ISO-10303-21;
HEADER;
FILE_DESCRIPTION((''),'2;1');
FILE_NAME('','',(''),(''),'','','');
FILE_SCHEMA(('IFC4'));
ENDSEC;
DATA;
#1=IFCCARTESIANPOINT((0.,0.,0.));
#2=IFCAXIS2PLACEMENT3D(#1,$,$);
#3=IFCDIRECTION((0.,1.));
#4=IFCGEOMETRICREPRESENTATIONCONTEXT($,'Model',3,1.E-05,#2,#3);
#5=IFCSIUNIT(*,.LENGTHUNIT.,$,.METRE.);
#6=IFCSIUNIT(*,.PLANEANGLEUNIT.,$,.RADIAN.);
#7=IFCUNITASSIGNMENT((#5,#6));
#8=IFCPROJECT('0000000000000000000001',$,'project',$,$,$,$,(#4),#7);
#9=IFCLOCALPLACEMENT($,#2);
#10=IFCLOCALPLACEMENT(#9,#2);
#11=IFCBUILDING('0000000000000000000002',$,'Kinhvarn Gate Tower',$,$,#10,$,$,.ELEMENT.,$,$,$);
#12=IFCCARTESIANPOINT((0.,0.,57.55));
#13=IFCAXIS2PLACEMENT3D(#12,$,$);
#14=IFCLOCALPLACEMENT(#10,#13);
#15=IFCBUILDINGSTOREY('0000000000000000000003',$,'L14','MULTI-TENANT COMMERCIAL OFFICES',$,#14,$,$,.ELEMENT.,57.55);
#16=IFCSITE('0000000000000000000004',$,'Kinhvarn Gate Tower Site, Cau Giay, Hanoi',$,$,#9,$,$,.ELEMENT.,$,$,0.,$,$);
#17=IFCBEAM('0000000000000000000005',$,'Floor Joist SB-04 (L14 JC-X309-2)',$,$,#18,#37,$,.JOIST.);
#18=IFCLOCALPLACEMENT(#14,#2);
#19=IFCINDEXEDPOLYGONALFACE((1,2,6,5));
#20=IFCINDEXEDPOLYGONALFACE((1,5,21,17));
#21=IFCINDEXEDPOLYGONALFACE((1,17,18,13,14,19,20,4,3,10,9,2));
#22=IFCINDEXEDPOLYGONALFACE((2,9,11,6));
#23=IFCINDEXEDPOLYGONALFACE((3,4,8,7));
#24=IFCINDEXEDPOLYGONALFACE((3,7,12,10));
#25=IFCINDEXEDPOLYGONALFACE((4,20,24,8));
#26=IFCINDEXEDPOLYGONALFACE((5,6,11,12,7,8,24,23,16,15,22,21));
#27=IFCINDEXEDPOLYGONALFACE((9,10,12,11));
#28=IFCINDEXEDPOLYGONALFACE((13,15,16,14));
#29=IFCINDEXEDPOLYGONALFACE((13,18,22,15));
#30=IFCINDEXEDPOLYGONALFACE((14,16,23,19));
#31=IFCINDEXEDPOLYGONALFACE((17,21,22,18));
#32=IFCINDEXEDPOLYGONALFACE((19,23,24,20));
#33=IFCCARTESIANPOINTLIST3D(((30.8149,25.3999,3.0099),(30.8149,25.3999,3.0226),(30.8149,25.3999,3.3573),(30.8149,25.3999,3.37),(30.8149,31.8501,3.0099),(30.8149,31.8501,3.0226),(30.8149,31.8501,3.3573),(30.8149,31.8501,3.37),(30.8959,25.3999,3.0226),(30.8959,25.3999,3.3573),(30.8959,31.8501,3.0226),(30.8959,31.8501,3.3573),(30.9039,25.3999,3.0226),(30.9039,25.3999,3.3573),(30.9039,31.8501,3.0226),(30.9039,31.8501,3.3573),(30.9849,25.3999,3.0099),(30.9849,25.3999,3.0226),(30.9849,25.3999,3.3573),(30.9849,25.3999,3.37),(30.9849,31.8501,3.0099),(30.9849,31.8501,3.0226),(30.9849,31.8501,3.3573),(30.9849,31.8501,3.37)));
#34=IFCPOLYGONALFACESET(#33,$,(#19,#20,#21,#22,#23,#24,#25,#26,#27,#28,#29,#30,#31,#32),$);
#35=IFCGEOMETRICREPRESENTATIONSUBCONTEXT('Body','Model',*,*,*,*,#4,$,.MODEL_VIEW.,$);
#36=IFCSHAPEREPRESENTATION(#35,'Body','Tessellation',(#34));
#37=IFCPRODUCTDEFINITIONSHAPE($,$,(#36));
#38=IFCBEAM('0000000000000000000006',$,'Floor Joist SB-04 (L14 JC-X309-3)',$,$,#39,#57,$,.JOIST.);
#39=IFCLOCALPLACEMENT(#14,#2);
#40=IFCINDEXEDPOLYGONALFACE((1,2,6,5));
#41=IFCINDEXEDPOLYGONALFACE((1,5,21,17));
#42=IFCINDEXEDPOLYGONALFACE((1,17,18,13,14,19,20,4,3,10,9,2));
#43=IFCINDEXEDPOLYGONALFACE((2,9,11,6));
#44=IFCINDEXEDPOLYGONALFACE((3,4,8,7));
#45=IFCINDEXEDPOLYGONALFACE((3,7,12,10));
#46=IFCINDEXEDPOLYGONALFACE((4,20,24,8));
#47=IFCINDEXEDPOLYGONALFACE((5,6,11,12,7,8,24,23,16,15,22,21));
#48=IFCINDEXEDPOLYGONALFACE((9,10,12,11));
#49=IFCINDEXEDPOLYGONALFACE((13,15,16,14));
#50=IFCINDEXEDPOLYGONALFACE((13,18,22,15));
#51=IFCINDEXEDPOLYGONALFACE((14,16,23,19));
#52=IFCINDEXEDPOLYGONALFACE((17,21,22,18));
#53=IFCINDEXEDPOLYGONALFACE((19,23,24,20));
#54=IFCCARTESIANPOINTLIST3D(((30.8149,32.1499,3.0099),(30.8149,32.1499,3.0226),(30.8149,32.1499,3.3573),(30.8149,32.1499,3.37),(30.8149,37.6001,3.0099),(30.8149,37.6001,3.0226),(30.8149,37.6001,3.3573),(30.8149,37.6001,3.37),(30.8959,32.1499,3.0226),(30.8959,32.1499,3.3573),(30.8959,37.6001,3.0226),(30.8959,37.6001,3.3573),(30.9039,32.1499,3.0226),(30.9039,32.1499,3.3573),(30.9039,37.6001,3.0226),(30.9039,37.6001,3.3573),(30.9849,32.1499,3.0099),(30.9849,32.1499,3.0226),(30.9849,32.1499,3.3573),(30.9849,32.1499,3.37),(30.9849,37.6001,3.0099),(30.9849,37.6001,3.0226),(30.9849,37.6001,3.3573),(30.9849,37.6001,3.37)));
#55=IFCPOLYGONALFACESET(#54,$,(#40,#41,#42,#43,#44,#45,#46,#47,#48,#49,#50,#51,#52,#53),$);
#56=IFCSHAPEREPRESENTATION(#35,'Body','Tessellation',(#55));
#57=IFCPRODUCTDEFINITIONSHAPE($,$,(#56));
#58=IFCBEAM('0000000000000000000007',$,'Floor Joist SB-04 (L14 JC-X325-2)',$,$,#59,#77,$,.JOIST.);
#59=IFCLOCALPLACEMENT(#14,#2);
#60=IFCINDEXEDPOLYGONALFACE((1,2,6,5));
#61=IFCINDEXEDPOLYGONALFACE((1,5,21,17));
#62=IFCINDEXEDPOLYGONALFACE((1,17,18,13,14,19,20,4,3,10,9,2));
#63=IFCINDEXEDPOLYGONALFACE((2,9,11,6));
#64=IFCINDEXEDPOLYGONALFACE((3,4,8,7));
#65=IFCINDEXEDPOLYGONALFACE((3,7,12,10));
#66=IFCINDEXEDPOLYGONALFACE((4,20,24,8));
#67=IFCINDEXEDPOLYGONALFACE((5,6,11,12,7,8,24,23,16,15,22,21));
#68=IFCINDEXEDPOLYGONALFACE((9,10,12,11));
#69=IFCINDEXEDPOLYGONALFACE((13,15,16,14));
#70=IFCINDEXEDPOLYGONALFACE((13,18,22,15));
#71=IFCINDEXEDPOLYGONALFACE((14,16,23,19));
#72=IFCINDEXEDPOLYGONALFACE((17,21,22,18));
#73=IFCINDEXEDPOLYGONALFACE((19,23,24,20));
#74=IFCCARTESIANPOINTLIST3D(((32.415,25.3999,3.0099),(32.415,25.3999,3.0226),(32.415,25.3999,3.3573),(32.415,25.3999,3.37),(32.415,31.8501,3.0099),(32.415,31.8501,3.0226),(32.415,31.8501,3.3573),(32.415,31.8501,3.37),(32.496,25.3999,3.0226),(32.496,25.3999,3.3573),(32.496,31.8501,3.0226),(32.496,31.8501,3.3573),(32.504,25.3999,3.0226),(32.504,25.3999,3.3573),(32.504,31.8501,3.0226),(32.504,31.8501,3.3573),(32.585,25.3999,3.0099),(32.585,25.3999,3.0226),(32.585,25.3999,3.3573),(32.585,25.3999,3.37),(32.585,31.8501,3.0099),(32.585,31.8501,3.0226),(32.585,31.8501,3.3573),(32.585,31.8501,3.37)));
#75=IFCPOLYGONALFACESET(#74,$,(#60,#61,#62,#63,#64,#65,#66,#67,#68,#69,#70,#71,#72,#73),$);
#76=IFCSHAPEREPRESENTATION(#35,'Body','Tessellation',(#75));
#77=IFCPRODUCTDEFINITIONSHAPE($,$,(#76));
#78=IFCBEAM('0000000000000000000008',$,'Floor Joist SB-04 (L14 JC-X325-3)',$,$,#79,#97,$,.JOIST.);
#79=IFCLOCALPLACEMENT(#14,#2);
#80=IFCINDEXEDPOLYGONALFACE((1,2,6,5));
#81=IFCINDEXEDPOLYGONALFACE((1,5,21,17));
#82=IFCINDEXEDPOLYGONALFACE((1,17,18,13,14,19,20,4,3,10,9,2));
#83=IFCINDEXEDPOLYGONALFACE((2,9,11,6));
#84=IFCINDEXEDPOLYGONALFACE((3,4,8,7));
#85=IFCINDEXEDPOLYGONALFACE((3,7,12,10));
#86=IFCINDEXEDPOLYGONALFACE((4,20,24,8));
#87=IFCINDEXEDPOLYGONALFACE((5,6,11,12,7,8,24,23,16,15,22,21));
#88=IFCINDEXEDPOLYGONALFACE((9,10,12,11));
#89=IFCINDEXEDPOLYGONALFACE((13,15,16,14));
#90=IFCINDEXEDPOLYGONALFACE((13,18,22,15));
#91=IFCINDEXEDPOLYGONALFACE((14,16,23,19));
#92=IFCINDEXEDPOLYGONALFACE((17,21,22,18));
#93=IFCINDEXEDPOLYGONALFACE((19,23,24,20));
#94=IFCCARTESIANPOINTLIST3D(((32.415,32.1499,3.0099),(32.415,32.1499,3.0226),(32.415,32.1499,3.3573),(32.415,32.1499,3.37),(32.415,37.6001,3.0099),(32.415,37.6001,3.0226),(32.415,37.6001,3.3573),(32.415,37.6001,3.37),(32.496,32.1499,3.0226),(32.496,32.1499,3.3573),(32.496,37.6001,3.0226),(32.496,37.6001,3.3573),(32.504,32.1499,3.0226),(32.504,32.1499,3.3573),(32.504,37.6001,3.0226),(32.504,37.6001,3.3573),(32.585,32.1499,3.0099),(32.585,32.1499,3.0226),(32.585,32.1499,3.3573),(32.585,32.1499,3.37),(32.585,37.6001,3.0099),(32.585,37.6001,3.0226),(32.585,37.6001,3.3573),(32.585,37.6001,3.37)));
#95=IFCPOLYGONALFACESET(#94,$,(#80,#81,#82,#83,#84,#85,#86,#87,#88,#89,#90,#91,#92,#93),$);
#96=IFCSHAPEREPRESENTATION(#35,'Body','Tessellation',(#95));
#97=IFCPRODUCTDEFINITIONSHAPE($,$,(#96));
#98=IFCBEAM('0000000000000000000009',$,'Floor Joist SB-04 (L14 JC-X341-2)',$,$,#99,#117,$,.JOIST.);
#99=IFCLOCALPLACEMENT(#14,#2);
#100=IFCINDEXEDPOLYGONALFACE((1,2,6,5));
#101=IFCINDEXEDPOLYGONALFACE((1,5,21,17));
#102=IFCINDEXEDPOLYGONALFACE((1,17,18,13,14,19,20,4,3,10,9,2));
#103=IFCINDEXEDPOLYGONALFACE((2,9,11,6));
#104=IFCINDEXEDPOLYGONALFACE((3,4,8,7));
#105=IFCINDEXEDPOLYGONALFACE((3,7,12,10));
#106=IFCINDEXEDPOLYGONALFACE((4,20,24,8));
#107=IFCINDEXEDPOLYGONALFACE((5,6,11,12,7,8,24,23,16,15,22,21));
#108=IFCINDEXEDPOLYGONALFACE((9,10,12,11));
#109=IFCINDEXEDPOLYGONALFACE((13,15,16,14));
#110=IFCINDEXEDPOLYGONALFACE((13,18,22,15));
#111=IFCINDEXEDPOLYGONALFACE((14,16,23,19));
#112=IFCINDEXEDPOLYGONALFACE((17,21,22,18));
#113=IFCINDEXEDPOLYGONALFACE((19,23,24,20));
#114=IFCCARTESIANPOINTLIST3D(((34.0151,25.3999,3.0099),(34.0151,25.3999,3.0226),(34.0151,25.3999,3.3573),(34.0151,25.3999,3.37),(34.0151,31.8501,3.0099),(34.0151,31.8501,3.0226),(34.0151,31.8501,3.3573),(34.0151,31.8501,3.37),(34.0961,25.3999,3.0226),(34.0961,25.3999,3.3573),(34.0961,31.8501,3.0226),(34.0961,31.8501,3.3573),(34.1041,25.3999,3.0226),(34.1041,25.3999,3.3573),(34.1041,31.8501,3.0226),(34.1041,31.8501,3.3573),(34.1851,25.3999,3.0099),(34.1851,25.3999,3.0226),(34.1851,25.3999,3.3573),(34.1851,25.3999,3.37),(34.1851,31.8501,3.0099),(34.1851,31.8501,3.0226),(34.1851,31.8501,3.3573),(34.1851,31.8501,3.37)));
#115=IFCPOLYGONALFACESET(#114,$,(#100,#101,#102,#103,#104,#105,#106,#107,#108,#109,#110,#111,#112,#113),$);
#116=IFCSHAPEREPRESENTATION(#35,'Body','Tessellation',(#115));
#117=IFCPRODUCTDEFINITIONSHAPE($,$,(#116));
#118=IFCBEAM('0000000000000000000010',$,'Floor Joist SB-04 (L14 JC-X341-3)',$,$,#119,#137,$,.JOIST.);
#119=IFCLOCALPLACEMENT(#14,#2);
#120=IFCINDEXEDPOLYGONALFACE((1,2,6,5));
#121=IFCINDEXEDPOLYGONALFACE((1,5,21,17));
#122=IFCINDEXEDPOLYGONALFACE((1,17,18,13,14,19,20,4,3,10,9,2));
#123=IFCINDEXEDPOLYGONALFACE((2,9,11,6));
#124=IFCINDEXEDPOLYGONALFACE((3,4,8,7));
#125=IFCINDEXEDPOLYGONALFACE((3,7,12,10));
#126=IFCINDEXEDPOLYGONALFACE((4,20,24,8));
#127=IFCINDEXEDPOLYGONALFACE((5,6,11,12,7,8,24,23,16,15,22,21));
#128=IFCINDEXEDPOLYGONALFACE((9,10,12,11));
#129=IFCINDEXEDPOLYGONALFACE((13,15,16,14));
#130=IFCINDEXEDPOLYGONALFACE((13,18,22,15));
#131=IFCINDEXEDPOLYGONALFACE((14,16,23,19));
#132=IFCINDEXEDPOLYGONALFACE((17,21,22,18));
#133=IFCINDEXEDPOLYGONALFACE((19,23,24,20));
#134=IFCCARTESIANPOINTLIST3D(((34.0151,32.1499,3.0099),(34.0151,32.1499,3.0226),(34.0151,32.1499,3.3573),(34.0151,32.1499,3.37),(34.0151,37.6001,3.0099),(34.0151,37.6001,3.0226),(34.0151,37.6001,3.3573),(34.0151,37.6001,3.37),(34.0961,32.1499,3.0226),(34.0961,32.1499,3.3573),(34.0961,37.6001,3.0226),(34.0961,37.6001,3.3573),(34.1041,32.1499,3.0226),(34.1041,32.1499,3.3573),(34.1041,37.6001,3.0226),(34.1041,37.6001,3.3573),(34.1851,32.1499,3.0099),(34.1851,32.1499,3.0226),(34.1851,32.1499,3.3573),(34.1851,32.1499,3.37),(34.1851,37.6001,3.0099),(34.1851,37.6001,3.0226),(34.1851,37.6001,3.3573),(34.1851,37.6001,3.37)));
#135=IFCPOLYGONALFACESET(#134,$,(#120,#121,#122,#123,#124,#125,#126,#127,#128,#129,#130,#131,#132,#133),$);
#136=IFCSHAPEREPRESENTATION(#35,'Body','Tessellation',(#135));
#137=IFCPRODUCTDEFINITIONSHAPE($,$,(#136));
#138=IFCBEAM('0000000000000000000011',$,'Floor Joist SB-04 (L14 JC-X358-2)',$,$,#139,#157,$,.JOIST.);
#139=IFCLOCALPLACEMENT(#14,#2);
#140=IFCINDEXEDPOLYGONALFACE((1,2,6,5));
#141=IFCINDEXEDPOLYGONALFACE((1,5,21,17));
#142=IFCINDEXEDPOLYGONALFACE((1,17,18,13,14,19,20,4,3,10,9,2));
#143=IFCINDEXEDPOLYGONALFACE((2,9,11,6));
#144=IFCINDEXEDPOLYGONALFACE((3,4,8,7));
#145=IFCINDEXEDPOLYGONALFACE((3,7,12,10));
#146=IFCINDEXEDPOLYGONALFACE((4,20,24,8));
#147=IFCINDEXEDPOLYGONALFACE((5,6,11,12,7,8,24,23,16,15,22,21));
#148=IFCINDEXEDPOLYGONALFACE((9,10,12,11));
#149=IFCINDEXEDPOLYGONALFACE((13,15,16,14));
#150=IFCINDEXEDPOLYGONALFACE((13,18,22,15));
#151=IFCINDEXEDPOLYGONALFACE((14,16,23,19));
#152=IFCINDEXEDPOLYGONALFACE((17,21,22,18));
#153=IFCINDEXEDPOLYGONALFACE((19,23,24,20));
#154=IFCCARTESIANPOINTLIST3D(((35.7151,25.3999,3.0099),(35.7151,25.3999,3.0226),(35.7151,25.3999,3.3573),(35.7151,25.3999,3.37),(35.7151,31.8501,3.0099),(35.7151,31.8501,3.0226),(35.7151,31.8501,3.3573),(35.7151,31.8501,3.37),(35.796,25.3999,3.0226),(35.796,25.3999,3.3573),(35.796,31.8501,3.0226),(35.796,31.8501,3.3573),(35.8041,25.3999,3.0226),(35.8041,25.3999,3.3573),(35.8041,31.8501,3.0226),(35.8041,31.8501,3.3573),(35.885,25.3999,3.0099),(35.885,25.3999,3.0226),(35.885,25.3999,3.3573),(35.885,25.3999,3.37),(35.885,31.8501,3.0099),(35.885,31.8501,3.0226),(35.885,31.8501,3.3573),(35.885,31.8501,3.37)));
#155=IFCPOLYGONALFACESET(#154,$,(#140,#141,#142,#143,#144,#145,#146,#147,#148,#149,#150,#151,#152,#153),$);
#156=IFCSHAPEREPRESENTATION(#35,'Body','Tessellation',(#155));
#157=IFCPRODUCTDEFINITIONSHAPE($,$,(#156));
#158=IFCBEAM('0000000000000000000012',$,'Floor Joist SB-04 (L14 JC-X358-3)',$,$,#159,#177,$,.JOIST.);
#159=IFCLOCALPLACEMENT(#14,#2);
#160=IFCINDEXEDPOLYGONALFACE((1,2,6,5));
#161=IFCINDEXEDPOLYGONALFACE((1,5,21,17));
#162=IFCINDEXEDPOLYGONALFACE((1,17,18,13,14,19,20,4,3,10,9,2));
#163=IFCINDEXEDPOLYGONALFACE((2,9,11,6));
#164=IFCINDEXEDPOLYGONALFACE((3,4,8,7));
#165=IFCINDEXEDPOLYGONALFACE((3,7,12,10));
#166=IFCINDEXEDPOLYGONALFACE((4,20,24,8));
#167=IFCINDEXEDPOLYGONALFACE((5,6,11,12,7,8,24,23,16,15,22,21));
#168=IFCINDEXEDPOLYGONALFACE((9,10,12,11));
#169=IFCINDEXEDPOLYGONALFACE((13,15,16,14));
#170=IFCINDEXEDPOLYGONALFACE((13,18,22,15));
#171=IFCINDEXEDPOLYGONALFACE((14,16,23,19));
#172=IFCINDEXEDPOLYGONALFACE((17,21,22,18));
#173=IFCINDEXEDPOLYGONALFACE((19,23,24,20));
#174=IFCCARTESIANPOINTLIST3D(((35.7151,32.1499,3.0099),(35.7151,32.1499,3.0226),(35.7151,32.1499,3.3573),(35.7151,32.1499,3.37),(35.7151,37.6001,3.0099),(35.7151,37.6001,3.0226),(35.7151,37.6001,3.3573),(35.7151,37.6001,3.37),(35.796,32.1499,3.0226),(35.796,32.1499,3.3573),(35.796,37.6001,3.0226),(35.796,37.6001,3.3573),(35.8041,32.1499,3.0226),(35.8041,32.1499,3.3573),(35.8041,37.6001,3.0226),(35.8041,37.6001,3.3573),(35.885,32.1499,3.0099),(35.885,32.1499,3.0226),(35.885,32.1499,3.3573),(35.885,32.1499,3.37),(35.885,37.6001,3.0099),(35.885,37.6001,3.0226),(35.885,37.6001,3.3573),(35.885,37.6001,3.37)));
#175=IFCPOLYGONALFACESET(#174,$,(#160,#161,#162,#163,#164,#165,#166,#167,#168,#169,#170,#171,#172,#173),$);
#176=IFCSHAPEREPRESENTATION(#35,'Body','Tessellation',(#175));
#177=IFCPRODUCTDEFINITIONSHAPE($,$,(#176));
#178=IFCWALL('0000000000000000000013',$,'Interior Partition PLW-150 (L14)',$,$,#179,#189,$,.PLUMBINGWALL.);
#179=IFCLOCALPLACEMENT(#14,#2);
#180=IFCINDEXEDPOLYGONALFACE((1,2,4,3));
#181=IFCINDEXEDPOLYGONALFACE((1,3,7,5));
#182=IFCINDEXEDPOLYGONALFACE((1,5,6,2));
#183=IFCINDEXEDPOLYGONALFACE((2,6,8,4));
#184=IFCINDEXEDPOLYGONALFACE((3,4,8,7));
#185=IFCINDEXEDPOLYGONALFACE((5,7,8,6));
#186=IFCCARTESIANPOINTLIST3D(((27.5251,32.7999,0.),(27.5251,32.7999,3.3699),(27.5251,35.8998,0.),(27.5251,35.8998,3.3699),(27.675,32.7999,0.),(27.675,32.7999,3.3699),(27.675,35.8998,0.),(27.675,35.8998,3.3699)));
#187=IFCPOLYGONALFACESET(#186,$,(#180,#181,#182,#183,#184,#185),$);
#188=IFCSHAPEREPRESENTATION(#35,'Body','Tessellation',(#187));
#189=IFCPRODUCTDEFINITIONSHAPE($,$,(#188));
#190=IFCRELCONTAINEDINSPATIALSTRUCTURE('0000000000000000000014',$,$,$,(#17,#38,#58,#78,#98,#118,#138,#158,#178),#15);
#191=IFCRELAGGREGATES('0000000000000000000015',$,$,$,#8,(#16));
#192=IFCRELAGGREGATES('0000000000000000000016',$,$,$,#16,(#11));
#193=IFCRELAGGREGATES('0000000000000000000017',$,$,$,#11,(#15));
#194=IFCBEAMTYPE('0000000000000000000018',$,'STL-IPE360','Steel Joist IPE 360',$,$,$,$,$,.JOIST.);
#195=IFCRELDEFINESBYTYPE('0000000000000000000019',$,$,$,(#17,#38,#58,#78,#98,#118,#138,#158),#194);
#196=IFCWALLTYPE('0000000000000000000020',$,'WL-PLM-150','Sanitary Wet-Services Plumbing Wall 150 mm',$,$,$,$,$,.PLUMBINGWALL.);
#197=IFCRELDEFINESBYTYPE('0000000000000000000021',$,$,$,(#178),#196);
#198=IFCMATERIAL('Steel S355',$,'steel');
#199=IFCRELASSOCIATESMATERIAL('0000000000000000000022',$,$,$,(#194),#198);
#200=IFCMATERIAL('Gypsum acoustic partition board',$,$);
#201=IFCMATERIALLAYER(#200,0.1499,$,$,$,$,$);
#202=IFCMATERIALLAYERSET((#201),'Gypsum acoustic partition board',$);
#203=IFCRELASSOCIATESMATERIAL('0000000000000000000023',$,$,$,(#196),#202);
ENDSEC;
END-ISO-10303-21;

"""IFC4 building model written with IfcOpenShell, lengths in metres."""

from ifc_helpers import new_model, si_unit, direction, frame, frame_2d, origin, origin_2d, place, context, subcontext, project, spatial, rectangle, i_section, extrude, material, layer, layer_set, material_profile, profile_set, type_object, element, save


model = new_model("IFC4")

# Units and contexts
model_context = context("Model", 3, precision=1e-05, world=origin(), true_north=direction((0.0, 1.0)))
body_context = subcontext(model_context, "Body", "Model", "MODEL_VIEW")
ifc_project = project(units=[si_unit("LENGTHUNIT", "METRE"), si_unit("PLANEANGLEUNIT", "RADIAN")], contexts=[model_context])

# Site, building, storey
site_placement = place(None, origin())
site = spatial("IfcSite", under=ifc_project, at=site_placement, Name="Kinhvarn Gate Tower Site, Cau Giay, Hanoi", CompositionType="ELEMENT", RefElevation=0.0)
building_placement = place(site_placement, origin())
building = spatial("IfcBuilding", under=site, at=building_placement, Name="Kinhvarn Gate Tower", CompositionType="ELEMENT")
storey_placement = place(building_placement, frame((0.0, 0.0, 57.55)))
storey = spatial("IfcBuildingStorey", under=building, at=storey_placement, Name="L14", Description="MULTI-TENANT COMMERCIAL OFFICES", CompositionType="ELEMENT", Elevation=57.55)

# Beams
ifc_material_1 = material(Name="Steel S355", Category="steel")
ifc_material_profile_1 = material_profile(ifc_material_1, i_section(OverallWidth=0.1699, OverallDepth=0.3601, WebThickness=0.0081, FlangeThickness=0.0127, at=origin_2d()), Name="IPE 360")
ifc_profile_set_1 = profile_set([ifc_material_profile_1], Name="Steel S355")
beam_type_1 = type_object("IfcBeamType", Name="STL-IPE360", Description="Steel Joist IPE 360", PredefinedType="JOIST", material=ifc_profile_set_1)
beam_1_placement = place(storey_placement, frame((30.8999, 25.3999, 3.1899), z_axis=(0.0, 1.0, 0.0), x_axis=(-1.0, 0.0, 0.0)))
element("IfcBeam", 1, at=beam_1_placement, inside=storey, type_object=beam_type_1, Name="Floor Joist SB-04 (L14 JC-X309-2)", PredefinedType="JOIST", context=body_context, shape_type="SweptSolid", body=[
    extrude(i_section(OverallWidth=0.1699, OverallDepth=0.3601, WebThickness=0.0081, FlangeThickness=0.0127, at=origin_2d()), origin(), (0.0, 0.0, 1.0), 6.4502),
])
beam_2_placement = place(storey_placement, frame((30.8999, 32.1499, 3.1899), z_axis=(0.0, 1.0, 0.0), x_axis=(-1.0, 0.0, 0.0)))
element("IfcBeam", 2, at=beam_2_placement, inside=storey, type_object=beam_type_1, Name="Floor Joist SB-04 (L14 JC-X309-3)", PredefinedType="JOIST", context=body_context, shape_type="SweptSolid", body=[
    extrude(i_section(OverallWidth=0.1699, OverallDepth=0.3601, WebThickness=0.0081, FlangeThickness=0.0127, at=origin_2d()), origin(), (0.0, 0.0, 1.0), 5.4502),
])
beam_3_placement = place(storey_placement, frame((32.5, 25.3999, 3.1899), z_axis=(0.0, 1.0, 0.0), x_axis=(-1.0, 0.0, 0.0)))
element("IfcBeam", 3, at=beam_3_placement, inside=storey, type_object=beam_type_1, Name="Floor Joist SB-04 (L14 JC-X325-2)", PredefinedType="JOIST", context=body_context, shape_type="SweptSolid", body=[
    extrude(i_section(OverallWidth=0.1699, OverallDepth=0.3601, WebThickness=0.0081, FlangeThickness=0.0127, at=origin_2d()), origin(), (0.0, 0.0, 1.0), 6.4502),
])
beam_4_placement = place(storey_placement, frame((32.5, 32.1499, 3.1899), z_axis=(0.0, 1.0, 0.0), x_axis=(-1.0, 0.0, 0.0)))
element("IfcBeam", 4, at=beam_4_placement, inside=storey, type_object=beam_type_1, Name="Floor Joist SB-04 (L14 JC-X325-3)", PredefinedType="JOIST", context=body_context, shape_type="SweptSolid", body=[
    extrude(i_section(OverallWidth=0.1699, OverallDepth=0.3601, WebThickness=0.0081, FlangeThickness=0.0127, at=origin_2d()), origin(), (0.0, 0.0, 1.0), 5.4502),
])
beam_5_placement = place(storey_placement, frame((34.1001, 25.3999, 3.1899), z_axis=(0.0, 1.0, 0.0), x_axis=(-1.0, 0.0, 0.0)))
element("IfcBeam", 5, at=beam_5_placement, inside=storey, type_object=beam_type_1, Name="Floor Joist SB-04 (L14 JC-X341-2)", PredefinedType="JOIST", context=body_context, shape_type="SweptSolid", body=[
    extrude(i_section(OverallWidth=0.1699, OverallDepth=0.3601, WebThickness=0.0081, FlangeThickness=0.0127, at=origin_2d()), origin(), (0.0, 0.0, 1.0), 6.4502),
])
beam_6_placement = place(storey_placement, frame((34.1001, 32.1499, 3.1899), z_axis=(0.0, 1.0, 0.0), x_axis=(-1.0, 0.0, 0.0)))
element("IfcBeam", 6, at=beam_6_placement, inside=storey, type_object=beam_type_1, Name="Floor Joist SB-04 (L14 JC-X341-3)", PredefinedType="JOIST", context=body_context, shape_type="SweptSolid", body=[
    extrude(i_section(OverallWidth=0.1699, OverallDepth=0.3601, WebThickness=0.0081, FlangeThickness=0.0127, at=origin_2d()), origin(), (0.0, 0.0, 1.0), 5.4502),
])
beam_7_placement = place(storey_placement, frame((35.8, 25.3999, 3.1899), z_axis=(0.0, 1.0, 0.0), x_axis=(-1.0, 0.0, 0.0)))
element("IfcBeam", 7, at=beam_7_placement, inside=storey, type_object=beam_type_1, Name="Floor Joist SB-04 (L14 JC-X358-2)", PredefinedType="JOIST", context=body_context, shape_type="SweptSolid", body=[
    extrude(i_section(OverallWidth=0.1699, OverallDepth=0.3601, WebThickness=0.0081, FlangeThickness=0.0127, at=origin_2d()), origin(), (0.0, 0.0, 1.0), 6.4502),
])
beam_8_placement = place(storey_placement, frame((35.8, 32.1499, 3.1899), z_axis=(0.0, 1.0, 0.0), x_axis=(-1.0, 0.0, 0.0)))
element("IfcBeam", 8, at=beam_8_placement, inside=storey, type_object=beam_type_1, Name="Floor Joist SB-04 (L14 JC-X358-3)", PredefinedType="JOIST", context=body_context, shape_type="SweptSolid", body=[
    extrude(i_section(OverallWidth=0.1699, OverallDepth=0.3601, WebThickness=0.0081, FlangeThickness=0.0127, at=origin_2d()), origin(), (0.0, 0.0, 1.0), 5.4502),
])

# Wall
ifc_material_2 = material(Name="Gypsum acoustic partition board")
ifc_layer_1 = layer(ifc_material_2, 0.1499)
ifc_layer_set_1 = layer_set([ifc_layer_1], Name="Gypsum acoustic partition board")
wall_type_1 = type_object("IfcWallType", Name="WL-PLM-150", Description="Sanitary Wet-Services Plumbing Wall 150 mm", PredefinedType="PLUMBINGWALL", material=ifc_layer_set_1)
for number, where, z_axis, x_axis, name in (
    (9, (27.6001, 32.8, 0.0), (0.0, 0.0, 1.0), (0.0, 1.0, 0.0), "Interior Partition PLW-150 (L14)"),
):
    element("IfcWall", number, at=place(storey_placement, frame(where, z_axis=z_axis, x_axis=x_axis)), inside=storey, type_object=wall_type_1, Name=name, PredefinedType="PLUMBINGWALL", context=body_context, shape_type="SweptSolid", body=[
        extrude(rectangle(XDim=3.0999, YDim=0.1499, at=frame_2d((1.5498, 0.0))), origin(), (0.0, 0.0, 1.0), 3.3699),
    ])

save(model, "model.ifc")
